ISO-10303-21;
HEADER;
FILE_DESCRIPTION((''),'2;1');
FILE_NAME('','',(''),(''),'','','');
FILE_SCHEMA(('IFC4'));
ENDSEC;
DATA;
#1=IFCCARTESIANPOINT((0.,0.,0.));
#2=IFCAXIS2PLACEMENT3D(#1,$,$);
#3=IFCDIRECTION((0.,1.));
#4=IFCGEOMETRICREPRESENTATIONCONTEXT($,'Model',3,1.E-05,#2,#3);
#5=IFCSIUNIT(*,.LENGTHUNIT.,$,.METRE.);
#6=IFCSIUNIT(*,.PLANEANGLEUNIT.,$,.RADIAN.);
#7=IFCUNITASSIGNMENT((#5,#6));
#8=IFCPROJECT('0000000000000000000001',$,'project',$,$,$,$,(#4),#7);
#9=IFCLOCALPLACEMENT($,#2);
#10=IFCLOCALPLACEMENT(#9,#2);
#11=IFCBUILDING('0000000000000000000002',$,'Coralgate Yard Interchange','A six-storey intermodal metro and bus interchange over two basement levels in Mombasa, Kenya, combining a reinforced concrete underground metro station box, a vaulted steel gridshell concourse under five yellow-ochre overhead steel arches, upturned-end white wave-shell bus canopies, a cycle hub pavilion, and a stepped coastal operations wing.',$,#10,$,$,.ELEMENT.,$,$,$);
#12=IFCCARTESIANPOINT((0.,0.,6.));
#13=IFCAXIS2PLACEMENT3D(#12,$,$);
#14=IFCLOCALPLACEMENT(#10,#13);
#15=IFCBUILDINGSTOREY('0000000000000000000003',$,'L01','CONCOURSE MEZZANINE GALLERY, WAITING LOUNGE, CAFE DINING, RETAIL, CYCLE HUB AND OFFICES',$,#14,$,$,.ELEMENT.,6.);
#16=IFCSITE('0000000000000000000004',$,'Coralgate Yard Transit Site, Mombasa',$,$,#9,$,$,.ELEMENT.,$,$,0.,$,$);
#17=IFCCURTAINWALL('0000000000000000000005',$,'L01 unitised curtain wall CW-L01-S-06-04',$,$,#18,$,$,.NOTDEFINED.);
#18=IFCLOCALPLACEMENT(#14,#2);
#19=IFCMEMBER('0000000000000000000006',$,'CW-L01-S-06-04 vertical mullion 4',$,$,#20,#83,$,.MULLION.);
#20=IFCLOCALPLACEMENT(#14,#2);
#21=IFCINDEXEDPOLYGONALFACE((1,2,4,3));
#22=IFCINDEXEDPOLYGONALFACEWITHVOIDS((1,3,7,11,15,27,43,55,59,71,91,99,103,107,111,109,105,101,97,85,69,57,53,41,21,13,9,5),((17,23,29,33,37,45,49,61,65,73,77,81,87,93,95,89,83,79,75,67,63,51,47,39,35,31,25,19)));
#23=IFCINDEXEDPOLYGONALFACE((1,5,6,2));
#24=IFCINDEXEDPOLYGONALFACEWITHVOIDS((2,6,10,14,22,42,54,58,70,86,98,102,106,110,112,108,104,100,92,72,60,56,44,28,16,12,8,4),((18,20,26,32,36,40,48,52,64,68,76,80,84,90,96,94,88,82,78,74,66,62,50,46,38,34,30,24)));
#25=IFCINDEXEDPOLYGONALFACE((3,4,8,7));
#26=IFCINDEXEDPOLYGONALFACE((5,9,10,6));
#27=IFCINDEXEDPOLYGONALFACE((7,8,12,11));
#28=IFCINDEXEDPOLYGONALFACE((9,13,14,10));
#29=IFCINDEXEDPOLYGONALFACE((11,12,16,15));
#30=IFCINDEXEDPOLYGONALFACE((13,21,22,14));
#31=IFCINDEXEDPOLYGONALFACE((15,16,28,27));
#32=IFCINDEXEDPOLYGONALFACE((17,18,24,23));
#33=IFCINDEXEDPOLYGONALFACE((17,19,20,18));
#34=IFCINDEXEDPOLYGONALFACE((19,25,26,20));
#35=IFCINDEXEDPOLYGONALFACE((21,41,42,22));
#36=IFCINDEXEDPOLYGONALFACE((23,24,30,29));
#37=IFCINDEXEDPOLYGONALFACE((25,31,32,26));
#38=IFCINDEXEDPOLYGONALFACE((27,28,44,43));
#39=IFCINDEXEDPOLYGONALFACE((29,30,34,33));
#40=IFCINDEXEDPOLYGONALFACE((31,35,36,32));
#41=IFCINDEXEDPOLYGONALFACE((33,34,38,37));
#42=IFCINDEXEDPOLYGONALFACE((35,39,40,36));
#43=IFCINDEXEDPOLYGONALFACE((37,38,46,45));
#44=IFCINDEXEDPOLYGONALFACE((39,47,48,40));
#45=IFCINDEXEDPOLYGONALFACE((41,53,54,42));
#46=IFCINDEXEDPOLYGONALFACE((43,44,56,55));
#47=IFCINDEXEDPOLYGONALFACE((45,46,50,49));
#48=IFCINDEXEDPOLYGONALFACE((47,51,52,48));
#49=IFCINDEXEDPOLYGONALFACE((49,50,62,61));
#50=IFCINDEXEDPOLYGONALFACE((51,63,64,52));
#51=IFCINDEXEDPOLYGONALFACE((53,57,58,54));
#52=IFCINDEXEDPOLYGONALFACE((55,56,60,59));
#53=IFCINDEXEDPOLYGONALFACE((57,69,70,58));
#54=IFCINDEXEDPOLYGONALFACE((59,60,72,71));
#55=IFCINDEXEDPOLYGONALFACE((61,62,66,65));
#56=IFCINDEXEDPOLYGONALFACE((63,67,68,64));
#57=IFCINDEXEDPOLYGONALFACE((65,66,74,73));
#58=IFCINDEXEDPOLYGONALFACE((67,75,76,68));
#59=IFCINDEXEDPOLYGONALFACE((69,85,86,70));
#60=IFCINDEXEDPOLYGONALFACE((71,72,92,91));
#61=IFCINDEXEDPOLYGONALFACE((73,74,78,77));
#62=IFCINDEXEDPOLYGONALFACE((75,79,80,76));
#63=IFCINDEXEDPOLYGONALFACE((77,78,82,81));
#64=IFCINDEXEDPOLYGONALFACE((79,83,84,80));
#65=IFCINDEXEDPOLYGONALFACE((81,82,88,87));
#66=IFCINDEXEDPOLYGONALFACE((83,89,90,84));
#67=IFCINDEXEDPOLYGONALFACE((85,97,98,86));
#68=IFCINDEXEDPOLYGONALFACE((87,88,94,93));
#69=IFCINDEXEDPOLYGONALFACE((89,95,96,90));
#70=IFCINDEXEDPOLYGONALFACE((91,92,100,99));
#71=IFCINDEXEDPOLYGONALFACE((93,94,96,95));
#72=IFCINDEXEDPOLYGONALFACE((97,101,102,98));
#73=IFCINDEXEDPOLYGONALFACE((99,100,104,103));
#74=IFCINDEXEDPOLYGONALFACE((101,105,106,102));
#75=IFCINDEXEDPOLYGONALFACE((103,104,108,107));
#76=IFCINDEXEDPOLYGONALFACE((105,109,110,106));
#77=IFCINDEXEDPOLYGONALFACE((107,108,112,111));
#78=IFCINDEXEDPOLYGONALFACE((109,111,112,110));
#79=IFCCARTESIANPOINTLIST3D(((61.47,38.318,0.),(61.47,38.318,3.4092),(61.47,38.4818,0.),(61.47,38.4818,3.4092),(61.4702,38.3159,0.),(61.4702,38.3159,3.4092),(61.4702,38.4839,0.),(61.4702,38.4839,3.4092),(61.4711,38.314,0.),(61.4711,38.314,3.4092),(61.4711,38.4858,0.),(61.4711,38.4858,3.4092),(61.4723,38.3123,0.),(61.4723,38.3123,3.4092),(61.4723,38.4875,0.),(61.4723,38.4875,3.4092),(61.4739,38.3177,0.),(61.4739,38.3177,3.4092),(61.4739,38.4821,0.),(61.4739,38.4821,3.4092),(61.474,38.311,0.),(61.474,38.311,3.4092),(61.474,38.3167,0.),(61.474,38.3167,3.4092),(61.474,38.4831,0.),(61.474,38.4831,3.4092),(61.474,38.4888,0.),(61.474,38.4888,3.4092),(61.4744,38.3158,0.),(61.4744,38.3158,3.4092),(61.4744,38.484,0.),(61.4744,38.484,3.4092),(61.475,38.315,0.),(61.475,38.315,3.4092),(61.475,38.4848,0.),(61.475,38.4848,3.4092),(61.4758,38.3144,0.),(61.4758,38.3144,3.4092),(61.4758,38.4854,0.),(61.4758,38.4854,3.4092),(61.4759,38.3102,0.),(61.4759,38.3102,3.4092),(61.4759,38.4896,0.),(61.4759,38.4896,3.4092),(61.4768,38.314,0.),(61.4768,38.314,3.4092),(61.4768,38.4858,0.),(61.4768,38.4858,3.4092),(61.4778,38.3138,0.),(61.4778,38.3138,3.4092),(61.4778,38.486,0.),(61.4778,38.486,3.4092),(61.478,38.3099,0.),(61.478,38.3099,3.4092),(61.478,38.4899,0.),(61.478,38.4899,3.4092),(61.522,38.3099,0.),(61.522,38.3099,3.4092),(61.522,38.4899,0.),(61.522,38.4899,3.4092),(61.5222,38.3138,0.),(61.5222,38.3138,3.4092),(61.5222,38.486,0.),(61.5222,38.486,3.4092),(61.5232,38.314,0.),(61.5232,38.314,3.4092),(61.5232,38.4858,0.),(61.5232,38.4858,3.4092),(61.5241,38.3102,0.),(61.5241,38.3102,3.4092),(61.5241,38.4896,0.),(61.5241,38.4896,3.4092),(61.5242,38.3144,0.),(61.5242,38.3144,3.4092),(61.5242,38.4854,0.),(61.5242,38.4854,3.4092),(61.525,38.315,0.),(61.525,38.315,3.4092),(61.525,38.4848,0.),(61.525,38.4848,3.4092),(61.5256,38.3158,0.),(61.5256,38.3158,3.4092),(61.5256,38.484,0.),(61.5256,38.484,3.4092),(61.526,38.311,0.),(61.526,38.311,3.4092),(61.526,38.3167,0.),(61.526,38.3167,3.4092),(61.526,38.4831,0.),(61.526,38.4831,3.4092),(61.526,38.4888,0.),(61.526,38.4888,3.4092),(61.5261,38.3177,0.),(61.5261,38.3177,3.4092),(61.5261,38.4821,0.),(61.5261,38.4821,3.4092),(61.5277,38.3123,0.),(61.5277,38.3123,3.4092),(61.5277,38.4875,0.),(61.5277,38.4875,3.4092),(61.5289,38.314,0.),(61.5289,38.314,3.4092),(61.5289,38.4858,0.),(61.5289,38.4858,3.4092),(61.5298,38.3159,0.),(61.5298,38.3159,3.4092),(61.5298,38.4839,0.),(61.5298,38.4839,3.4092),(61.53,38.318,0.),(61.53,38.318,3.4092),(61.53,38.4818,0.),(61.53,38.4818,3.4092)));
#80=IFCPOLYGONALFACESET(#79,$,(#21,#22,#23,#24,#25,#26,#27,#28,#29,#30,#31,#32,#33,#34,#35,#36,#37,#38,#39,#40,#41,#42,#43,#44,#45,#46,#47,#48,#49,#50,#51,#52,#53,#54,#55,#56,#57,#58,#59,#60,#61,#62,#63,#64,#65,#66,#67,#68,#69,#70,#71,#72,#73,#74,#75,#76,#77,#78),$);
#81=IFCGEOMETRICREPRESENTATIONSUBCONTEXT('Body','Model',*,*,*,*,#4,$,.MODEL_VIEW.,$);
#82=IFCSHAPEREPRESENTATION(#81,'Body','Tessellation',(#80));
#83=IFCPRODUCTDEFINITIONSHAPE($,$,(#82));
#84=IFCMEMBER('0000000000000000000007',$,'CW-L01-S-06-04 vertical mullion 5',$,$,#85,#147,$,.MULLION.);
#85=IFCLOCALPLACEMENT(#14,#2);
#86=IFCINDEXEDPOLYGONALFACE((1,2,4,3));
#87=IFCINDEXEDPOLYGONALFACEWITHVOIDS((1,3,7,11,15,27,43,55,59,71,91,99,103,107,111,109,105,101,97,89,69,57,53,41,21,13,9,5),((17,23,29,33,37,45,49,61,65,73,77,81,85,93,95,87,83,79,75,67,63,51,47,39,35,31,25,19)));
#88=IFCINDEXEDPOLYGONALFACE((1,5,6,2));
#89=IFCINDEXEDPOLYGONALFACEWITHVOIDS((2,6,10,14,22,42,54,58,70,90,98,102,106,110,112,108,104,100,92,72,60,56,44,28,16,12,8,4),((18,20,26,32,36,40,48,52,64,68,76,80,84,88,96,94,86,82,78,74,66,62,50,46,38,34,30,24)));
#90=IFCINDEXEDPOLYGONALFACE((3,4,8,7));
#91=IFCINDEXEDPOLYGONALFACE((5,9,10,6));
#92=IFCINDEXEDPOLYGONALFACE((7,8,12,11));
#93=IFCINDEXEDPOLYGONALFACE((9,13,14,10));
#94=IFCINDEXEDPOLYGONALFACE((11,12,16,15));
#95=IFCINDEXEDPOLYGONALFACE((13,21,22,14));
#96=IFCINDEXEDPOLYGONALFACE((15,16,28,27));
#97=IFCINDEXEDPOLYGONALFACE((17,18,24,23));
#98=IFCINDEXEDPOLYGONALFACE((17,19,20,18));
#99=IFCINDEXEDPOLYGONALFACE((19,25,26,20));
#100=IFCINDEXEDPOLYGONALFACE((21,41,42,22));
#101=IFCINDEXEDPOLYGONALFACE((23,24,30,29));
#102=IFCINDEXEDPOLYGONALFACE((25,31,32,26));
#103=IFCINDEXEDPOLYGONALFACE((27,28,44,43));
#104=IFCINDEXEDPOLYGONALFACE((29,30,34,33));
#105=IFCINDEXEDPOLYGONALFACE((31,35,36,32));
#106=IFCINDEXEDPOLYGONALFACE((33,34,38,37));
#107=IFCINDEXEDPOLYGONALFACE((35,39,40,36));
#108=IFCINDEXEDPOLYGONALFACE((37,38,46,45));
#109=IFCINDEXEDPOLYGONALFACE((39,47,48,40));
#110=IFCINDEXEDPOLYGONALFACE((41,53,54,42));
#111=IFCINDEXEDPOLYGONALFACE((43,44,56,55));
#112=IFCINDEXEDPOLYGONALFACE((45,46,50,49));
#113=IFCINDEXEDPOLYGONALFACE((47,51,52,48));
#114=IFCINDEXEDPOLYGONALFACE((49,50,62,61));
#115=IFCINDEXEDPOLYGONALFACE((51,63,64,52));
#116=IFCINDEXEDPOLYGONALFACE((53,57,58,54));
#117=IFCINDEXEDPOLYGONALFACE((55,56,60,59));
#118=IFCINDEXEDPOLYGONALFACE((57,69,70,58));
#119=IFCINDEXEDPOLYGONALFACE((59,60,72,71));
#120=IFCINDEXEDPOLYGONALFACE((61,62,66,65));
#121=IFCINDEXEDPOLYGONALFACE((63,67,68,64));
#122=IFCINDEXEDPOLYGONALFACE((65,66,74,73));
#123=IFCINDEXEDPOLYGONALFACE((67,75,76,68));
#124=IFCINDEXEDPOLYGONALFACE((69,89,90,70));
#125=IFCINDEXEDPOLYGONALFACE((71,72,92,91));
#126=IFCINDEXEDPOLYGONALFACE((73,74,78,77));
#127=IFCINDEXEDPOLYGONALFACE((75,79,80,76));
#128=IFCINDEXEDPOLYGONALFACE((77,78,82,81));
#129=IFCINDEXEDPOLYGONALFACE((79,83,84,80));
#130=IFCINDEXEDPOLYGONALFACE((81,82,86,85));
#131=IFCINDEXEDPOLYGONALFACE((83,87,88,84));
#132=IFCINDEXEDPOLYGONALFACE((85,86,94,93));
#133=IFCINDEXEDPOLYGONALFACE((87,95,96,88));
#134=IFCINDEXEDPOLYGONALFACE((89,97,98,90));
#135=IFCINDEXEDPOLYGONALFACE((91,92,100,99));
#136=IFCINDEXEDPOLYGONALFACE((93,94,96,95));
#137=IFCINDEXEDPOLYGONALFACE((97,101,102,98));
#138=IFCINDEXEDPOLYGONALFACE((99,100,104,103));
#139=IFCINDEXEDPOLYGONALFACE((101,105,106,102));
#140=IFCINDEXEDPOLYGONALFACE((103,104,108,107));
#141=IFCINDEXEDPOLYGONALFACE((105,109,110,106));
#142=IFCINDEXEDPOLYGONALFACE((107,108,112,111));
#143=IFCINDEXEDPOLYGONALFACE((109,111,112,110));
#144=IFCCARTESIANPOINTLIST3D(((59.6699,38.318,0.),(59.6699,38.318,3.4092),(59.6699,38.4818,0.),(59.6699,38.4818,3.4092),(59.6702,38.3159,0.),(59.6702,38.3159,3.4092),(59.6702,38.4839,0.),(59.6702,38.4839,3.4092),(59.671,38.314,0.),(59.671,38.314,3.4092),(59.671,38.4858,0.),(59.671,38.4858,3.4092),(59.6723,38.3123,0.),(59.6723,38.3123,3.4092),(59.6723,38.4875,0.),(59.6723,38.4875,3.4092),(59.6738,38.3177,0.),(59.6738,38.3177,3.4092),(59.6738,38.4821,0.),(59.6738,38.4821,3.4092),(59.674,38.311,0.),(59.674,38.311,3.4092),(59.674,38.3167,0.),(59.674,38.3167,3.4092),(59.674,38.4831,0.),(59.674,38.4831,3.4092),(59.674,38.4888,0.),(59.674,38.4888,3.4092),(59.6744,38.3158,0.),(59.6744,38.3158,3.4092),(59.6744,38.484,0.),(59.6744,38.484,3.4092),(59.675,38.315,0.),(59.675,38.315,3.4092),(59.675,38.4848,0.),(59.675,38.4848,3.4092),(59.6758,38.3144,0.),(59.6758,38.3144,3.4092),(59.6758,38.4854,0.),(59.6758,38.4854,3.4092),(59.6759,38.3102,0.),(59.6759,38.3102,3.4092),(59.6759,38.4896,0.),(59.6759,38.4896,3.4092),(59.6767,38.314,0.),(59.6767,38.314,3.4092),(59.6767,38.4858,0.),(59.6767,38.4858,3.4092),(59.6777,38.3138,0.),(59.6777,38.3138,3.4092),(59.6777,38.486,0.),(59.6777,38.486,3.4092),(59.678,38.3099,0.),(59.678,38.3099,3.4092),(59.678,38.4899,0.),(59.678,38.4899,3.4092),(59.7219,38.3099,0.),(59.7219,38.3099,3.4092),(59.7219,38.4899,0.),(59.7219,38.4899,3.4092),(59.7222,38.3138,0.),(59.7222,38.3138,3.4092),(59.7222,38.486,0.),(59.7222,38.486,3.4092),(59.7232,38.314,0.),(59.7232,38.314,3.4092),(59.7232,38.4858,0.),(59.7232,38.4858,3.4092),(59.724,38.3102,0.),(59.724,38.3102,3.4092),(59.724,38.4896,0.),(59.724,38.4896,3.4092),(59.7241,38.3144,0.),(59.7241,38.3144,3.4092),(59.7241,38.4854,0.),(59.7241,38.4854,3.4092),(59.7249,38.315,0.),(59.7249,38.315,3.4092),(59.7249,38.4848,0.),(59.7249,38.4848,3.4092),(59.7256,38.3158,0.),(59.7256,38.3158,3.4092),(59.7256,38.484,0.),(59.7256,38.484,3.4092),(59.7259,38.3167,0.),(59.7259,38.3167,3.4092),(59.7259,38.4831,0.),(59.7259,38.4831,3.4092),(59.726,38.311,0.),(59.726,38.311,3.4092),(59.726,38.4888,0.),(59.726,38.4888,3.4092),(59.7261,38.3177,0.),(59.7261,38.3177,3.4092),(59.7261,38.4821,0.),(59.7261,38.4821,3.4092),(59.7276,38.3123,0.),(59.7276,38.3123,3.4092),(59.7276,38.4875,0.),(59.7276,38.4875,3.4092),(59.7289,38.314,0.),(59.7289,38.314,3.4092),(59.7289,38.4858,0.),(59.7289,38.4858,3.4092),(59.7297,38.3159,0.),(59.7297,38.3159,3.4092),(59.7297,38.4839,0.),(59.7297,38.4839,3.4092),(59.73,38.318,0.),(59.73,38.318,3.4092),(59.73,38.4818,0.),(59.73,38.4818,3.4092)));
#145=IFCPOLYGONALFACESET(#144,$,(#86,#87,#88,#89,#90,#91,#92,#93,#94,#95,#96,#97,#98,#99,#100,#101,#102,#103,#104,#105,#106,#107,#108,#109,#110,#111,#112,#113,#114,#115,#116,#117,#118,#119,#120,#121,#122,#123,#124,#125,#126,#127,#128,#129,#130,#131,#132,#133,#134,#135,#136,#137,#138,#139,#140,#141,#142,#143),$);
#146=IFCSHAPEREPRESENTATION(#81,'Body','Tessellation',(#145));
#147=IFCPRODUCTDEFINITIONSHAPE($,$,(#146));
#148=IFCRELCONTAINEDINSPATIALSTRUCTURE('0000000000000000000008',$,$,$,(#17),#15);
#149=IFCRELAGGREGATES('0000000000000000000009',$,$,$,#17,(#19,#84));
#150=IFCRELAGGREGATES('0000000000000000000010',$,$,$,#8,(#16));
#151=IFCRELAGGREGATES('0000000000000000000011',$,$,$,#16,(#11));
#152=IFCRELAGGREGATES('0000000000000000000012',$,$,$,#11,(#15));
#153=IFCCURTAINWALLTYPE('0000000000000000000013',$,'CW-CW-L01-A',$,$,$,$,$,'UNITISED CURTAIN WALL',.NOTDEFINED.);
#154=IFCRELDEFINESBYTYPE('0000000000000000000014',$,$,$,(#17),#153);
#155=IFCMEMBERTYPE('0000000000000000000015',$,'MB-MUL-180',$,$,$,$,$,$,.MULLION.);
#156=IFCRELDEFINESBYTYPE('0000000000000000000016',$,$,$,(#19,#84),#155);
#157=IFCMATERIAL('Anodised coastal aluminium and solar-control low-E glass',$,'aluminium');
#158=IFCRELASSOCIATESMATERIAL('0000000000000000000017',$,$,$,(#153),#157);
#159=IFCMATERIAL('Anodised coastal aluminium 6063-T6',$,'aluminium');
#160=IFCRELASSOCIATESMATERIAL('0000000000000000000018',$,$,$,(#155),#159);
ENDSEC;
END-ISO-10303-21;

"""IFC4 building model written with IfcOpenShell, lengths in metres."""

from ifc_helpers import new_model, si_unit, direction, frame, origin, origin_2d, place, context, subcontext, project, spatial, hollow_rectangle, extrude, material, material_profile, profile_set, type_object, element, aggregate, save


model = new_model("IFC4")

# Units and contexts
model_context = context("Model", 3, precision=1e-05, world=origin(), true_north=direction((0.0, 1.0)))
body_context = subcontext(model_context, "Body", "Model", "MODEL_VIEW")
ifc_project = project(units=[si_unit("LENGTHUNIT", "METRE"), si_unit("PLANEANGLEUNIT", "RADIAN")], contexts=[model_context])

# Site, building, storey
site_placement = place(None, origin())
site = spatial("IfcSite", under=ifc_project, at=site_placement, Name="Coralgate Yard Transit Site, Mombasa", CompositionType="ELEMENT", RefElevation=0.0)
building_placement = place(site_placement, origin())
building = spatial("IfcBuilding", under=site, at=building_placement, Name="Coralgate Yard Interchange", Description="A six-storey intermodal metro and bus interchange over two basement levels in Mombasa, Kenya, combining a reinforced concrete underground metro station box, a vaulted steel gridshell concourse under five yellow-ochre overhead steel arches, upturned-end white wave-shell bus canopies, a cycle hub pavilion, and a stepped coastal operations wing.", CompositionType="ELEMENT")
storey_placement = place(building_placement, frame((0.0, 0.0, 6.0)))
storey = spatial("IfcBuildingStorey", under=building, at=storey_placement, Name="L01", Description="CONCOURSE MEZZANINE GALLERY, WAITING LOUNGE, CAFE DINING, RETAIL, CYCLE HUB AND OFFICES", CompositionType="ELEMENT", Elevation=6.0)

# Curtain wall, members
ifc_material_1 = material(Name="Anodised coastal aluminium and solar-control low-E glass", Category="aluminium")
curtain_wall_type = type_object("IfcCurtainWallType", Name="CW-CW-L01-A", ElementType="UNITISED CURTAIN WALL", PredefinedType="NOTDEFINED", material=ifc_material_1)
curtain_wall_placement = place(storey_placement, origin())
curtain_wall = element("IfcCurtainWall", 1, at=curtain_wall_placement, inside=storey, type_object=curtain_wall_type, Name="L01 unitised curtain wall CW-L01-S-06-04", PredefinedType="NOTDEFINED")
ifc_material_2 = material(Name="Anodised coastal aluminium 6063-T6", Category="aluminium")
ifc_material_profile_1 = material_profile(ifc_material_2, hollow_rectangle(XDim=0.0601, YDim=0.1799, WallThickness=0.0039, InnerFilletRadius=0.0039, OuterFilletRadius=0.0081, at=origin_2d()), Name="ALU 60x180x4")
ifc_profile_set_1 = profile_set([ifc_material_profile_1], Name="Anodised coastal aluminium 6063-T6")
member_type_1 = type_object("IfcMemberType", Name="MB-MUL-180", PredefinedType="MULLION", material=ifc_profile_set_1)
member_1_placement = place(storey_placement, frame((61.5, 38.3999, 0.0), z_axis=(0.0, 0.0, 1.0), x_axis=(1.0, 0.0, 0.0)))
member_1 = element("IfcMember", 2, at=member_1_placement, type_object=member_type_1, Name="CW-L01-S-06-04 vertical mullion 4", PredefinedType="MULLION", context=body_context, shape_type="SweptSolid", body=[
    extrude(hollow_rectangle(XDim=0.0601, YDim=0.1799, WallThickness=0.0039, InnerFilletRadius=0.0039, OuterFilletRadius=0.0081, at=origin_2d()), origin(), (0.0, 0.0, 1.0), 3.4092),
])
member_2_placement = place(storey_placement, frame((59.7, 38.3999, 0.0), z_axis=(0.0, 0.0, 1.0), x_axis=(1.0, 0.0, 0.0)))
member_2 = element("IfcMember", 3, at=member_2_placement, type_object=member_type_1, Name="CW-L01-S-06-04 vertical mullion 5", PredefinedType="MULLION", context=body_context, shape_type="SweptSolid", body=[
    extrude(hollow_rectangle(XDim=0.0601, YDim=0.1799, WallThickness=0.0039, InnerFilletRadius=0.0039, OuterFilletRadius=0.0081, at=origin_2d()), origin(), (0.0, 0.0, 1.0), 3.4092),
])
aggregate(curtain_wall, [member_1, member_2])

save(model, "model.ifc")
